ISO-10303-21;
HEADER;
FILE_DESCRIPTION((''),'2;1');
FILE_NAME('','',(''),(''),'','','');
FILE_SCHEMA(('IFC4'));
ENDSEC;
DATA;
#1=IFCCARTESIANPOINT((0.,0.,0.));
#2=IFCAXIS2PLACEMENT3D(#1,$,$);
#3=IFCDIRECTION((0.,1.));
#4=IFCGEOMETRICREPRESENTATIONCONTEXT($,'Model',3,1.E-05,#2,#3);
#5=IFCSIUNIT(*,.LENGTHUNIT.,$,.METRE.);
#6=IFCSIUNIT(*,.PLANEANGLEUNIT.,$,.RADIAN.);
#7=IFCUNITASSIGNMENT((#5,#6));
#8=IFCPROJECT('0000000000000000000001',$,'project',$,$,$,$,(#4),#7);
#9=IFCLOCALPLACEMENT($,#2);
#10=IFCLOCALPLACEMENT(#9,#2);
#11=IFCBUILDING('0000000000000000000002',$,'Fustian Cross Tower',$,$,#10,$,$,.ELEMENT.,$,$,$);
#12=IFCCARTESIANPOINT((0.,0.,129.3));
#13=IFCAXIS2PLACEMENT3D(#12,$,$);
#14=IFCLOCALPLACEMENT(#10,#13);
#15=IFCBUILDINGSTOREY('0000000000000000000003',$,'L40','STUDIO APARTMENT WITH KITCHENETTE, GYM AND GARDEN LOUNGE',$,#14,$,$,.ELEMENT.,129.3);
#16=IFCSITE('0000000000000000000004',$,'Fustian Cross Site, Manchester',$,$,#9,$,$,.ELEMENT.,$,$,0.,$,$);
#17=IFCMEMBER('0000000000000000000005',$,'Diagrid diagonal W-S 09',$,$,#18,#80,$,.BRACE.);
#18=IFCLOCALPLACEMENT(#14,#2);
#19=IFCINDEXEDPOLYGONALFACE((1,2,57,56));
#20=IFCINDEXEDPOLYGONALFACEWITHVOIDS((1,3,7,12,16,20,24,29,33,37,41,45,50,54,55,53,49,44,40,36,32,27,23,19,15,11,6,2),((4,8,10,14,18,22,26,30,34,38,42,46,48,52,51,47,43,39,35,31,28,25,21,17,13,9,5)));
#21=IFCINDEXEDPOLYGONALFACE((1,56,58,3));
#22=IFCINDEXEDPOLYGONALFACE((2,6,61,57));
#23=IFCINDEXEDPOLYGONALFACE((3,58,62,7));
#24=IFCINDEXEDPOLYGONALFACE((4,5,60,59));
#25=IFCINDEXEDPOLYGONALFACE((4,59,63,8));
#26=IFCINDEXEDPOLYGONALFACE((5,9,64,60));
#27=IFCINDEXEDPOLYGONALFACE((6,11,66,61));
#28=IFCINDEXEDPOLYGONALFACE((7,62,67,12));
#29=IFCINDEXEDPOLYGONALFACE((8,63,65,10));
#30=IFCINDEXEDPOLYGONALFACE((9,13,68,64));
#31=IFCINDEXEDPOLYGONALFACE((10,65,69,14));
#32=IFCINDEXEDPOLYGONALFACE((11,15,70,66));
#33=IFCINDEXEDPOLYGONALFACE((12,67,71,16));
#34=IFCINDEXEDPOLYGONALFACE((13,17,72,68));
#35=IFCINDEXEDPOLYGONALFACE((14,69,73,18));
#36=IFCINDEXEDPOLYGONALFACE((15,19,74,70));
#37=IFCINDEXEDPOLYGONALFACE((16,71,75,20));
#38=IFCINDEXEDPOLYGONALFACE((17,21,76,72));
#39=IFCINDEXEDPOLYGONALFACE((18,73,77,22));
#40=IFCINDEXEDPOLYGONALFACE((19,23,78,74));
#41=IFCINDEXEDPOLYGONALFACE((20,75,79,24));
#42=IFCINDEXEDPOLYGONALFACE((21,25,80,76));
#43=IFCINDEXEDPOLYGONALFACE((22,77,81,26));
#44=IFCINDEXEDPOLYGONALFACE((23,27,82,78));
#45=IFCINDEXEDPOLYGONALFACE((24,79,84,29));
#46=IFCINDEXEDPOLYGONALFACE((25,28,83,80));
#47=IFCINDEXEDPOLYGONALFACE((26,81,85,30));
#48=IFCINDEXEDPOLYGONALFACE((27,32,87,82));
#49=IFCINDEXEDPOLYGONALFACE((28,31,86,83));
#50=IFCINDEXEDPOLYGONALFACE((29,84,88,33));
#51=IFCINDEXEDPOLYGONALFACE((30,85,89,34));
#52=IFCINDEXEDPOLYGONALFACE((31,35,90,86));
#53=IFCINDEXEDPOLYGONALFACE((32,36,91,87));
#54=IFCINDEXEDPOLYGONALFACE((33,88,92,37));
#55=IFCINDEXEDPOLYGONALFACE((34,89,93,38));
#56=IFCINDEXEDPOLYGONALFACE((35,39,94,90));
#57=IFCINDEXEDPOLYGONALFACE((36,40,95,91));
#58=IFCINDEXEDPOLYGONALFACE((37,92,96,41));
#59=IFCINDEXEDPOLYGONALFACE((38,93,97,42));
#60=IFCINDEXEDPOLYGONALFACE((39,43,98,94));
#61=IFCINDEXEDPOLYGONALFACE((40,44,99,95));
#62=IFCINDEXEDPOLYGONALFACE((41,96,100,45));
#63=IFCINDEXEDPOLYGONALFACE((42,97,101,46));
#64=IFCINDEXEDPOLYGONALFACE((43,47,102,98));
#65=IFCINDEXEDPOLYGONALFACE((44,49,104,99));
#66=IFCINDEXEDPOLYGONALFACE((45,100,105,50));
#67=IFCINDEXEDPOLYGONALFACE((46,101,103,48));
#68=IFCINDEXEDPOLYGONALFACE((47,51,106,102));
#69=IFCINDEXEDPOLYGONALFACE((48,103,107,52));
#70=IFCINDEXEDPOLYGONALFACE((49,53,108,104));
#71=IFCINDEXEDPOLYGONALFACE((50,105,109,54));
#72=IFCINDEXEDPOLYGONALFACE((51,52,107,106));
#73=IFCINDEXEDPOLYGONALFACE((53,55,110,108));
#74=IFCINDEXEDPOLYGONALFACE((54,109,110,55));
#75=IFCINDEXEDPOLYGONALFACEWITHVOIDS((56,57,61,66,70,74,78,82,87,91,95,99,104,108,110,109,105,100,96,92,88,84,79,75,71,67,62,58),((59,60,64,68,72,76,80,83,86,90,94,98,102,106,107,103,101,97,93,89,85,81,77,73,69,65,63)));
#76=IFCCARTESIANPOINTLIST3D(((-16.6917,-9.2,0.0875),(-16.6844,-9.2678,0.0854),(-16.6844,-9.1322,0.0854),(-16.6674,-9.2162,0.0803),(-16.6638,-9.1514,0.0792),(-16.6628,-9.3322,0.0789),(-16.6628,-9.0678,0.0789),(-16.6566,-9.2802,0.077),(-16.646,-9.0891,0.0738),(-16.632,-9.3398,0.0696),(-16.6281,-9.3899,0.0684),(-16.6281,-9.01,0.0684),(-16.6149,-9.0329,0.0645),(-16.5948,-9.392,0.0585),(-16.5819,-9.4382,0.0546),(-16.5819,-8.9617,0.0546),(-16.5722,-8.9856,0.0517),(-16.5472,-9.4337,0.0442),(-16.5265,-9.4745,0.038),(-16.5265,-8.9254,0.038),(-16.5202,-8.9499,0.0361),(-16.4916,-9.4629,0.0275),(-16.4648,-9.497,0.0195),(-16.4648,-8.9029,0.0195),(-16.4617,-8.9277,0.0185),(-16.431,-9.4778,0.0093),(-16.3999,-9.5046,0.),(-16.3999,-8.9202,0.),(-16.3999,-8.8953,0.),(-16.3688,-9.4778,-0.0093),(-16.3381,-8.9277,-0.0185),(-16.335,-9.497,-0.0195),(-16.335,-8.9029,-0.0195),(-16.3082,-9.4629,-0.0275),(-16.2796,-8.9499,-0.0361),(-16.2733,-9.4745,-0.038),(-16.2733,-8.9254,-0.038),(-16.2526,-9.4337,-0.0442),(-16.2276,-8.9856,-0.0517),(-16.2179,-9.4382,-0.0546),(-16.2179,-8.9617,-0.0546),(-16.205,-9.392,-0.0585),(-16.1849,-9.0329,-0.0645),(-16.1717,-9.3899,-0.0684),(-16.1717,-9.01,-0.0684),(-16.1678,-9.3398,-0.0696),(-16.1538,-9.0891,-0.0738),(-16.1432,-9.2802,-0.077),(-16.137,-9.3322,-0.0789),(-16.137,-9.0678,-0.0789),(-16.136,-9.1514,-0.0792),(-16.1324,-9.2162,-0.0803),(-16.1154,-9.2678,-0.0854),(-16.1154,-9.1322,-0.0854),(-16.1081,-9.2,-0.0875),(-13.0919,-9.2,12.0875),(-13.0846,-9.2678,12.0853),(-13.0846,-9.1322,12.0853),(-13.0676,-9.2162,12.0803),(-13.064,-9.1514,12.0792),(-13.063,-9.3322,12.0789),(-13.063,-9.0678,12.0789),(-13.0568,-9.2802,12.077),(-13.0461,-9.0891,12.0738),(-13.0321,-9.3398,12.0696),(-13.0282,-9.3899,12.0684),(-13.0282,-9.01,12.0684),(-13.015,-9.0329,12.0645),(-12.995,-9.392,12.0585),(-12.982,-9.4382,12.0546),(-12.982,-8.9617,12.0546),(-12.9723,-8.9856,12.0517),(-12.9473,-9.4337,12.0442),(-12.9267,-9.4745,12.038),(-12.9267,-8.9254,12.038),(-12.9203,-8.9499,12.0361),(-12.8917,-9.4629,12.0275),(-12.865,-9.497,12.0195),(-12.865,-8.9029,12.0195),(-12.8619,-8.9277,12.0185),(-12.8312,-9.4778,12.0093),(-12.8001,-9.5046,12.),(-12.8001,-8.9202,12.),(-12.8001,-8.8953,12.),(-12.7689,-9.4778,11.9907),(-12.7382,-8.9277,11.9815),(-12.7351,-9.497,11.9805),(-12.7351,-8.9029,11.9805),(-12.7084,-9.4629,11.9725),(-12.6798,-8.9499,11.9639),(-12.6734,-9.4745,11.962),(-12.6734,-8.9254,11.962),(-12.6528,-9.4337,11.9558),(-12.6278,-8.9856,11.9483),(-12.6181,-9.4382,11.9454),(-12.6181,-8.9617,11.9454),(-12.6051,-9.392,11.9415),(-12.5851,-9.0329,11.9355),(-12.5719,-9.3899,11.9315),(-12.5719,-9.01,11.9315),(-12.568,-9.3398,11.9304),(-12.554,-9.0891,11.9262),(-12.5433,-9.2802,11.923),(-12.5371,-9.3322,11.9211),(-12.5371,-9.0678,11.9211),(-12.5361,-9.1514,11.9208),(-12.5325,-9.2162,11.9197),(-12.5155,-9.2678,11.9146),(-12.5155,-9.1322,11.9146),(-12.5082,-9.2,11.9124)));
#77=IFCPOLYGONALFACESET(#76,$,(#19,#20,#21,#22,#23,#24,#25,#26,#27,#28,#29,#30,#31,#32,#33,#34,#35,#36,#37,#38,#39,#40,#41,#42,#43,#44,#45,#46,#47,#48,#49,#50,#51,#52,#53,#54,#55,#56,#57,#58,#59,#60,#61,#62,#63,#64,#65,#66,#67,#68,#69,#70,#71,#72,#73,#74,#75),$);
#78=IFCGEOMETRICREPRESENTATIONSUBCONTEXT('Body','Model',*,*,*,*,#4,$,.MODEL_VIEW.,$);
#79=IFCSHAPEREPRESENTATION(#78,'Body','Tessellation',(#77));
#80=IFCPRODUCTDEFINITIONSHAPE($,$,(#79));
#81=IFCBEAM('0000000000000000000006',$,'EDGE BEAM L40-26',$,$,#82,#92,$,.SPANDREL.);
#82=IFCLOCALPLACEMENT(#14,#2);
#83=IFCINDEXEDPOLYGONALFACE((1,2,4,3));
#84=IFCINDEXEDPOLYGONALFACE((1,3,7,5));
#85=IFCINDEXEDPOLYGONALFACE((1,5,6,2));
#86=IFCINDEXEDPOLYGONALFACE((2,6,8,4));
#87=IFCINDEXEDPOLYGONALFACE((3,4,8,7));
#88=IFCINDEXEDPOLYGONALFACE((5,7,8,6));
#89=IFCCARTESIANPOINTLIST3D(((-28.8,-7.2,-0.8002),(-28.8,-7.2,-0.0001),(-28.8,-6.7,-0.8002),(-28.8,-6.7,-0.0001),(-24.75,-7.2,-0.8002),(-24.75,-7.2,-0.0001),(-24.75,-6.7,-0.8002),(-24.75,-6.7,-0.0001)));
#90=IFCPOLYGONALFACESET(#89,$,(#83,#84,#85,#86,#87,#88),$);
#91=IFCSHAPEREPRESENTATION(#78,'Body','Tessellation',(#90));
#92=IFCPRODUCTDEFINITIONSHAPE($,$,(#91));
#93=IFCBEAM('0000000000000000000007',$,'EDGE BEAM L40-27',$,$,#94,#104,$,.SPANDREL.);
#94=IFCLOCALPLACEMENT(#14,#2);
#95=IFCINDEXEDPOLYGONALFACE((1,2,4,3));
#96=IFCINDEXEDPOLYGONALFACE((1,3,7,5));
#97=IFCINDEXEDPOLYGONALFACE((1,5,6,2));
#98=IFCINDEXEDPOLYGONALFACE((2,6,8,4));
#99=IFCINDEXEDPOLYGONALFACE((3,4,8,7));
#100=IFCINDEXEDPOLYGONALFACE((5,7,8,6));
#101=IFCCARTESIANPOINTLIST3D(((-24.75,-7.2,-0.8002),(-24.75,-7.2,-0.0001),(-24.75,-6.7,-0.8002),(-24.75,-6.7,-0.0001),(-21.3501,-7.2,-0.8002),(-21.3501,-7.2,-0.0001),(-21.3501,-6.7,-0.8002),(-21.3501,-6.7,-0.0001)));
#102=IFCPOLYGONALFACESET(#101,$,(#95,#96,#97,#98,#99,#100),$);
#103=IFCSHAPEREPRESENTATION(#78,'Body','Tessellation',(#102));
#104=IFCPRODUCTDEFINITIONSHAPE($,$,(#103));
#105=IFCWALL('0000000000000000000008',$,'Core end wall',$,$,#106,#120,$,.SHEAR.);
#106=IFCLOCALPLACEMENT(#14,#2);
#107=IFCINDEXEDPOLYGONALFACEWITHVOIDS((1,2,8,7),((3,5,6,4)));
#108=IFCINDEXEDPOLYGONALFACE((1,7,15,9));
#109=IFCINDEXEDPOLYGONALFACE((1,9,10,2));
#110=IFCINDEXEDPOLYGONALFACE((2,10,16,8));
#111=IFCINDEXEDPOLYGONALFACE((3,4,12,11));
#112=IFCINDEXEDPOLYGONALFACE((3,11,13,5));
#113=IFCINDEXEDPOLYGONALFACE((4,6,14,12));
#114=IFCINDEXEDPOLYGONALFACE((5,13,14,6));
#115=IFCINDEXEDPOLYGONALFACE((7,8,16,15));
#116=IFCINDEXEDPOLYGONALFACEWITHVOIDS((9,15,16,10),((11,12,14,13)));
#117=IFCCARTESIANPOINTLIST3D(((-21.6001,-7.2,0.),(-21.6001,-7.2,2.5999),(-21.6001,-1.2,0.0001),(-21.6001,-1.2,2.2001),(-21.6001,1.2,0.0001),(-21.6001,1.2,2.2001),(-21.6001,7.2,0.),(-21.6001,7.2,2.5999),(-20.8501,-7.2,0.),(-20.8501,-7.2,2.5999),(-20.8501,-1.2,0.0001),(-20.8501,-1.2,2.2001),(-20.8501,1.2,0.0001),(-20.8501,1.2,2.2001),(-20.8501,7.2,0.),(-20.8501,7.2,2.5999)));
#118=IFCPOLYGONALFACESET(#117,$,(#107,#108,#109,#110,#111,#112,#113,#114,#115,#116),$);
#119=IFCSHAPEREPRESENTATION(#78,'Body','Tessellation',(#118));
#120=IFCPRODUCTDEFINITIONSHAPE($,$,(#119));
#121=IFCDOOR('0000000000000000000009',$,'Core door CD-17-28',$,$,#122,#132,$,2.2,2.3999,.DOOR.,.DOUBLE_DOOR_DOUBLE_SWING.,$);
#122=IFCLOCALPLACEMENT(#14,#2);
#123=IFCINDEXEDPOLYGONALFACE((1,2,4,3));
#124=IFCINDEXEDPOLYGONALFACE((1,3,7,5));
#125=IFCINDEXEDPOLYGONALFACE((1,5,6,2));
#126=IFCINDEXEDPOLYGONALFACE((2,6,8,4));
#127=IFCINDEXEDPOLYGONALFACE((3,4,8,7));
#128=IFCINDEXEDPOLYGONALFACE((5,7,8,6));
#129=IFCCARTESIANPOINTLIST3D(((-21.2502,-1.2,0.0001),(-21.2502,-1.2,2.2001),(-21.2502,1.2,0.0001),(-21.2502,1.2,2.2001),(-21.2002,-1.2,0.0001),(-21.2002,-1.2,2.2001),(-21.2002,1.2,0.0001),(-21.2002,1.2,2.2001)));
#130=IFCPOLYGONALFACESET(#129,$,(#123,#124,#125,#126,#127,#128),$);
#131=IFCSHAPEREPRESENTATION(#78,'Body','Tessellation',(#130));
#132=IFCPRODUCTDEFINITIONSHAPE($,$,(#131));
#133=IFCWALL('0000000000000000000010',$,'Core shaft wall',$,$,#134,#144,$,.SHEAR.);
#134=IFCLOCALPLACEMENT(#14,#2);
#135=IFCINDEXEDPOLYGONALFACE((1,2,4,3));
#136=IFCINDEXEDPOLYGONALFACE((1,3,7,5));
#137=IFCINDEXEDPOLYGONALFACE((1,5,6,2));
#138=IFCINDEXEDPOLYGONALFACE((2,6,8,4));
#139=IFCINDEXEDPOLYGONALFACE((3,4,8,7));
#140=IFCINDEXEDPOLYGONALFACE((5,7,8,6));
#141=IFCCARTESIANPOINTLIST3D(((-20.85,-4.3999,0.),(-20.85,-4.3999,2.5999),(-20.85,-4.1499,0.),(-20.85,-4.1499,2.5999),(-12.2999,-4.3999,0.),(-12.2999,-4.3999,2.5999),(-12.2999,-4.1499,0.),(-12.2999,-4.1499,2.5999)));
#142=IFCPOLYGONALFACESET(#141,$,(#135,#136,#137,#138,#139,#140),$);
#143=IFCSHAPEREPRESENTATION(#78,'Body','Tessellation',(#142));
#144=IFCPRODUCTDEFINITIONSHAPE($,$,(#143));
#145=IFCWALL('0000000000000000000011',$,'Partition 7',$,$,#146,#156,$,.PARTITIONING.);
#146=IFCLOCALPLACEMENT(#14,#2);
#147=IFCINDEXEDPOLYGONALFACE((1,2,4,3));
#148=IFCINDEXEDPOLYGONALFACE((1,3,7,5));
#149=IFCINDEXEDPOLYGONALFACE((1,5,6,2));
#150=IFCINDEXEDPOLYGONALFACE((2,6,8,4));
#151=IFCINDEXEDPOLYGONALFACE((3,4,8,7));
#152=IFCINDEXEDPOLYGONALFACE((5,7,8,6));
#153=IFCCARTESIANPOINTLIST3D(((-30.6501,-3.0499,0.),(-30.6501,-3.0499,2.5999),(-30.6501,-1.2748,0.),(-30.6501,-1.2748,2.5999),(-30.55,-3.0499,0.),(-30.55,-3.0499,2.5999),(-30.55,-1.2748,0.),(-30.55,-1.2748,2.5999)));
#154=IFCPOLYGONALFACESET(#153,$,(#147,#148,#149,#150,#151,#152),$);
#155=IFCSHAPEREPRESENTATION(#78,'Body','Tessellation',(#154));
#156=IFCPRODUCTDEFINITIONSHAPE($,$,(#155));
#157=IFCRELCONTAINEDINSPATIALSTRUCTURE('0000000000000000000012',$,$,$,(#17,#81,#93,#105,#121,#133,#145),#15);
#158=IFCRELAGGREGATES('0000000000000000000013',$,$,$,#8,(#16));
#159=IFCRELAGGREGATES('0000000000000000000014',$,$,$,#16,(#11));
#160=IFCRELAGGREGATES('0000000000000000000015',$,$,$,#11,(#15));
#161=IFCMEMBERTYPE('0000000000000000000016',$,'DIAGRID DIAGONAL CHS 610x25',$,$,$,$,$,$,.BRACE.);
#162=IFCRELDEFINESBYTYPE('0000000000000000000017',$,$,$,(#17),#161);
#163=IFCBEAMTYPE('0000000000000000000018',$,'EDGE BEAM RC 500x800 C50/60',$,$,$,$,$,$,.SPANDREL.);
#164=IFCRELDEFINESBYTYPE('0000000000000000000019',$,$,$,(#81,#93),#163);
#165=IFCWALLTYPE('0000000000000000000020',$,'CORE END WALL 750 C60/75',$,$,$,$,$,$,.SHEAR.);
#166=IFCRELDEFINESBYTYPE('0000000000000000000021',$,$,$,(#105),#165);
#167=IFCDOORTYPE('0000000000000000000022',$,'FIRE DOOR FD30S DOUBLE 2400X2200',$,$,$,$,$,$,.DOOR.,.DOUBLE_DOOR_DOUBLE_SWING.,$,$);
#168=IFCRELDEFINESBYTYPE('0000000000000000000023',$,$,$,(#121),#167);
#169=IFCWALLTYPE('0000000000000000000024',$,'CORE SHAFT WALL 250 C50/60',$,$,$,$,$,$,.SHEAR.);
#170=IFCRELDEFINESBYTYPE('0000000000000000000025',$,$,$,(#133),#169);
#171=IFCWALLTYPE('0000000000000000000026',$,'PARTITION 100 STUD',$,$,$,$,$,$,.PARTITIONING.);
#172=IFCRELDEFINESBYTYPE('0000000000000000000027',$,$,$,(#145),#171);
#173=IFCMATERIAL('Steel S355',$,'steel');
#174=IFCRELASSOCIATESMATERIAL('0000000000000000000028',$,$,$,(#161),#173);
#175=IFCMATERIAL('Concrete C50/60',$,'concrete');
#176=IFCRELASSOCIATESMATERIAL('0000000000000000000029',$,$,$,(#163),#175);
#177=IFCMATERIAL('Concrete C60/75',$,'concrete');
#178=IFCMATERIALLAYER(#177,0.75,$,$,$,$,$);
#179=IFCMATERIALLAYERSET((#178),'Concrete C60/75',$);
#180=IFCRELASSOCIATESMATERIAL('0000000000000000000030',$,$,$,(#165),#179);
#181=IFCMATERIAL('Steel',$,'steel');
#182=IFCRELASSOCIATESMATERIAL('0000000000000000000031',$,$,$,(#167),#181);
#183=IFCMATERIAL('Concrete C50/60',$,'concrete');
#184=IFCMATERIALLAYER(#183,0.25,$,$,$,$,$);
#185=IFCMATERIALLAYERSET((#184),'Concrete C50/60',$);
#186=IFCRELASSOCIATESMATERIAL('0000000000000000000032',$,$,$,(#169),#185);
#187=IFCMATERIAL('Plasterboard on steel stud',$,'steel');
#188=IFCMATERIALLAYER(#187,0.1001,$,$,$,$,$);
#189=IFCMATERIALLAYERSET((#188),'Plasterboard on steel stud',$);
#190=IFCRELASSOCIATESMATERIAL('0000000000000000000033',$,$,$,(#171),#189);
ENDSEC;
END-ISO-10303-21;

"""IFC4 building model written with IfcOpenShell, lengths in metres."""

from ifc_helpers import new_model, si_unit, direction, frame, frame_2d, origin, origin_2d, place, context, subcontext, project, spatial, rectangle, hollow_circle, extrude, material, layer, layer_set, material_profile, profile_set, type_object, element, fill, save


model = new_model("IFC4")

# Units and contexts
model_context = context("Model", 3, precision=1e-05, world=origin(), true_north=direction((0.0, 1.0)))
body_context = subcontext(model_context, "Body", "Model", "MODEL_VIEW")
ifc_project = project(units=[si_unit("LENGTHUNIT", "METRE"), si_unit("PLANEANGLEUNIT", "RADIAN")], contexts=[model_context])

# Site, building, storey
site_placement = place(None, origin())
site = spatial("IfcSite", under=ifc_project, at=site_placement, Name="Fustian Cross Site, Manchester", CompositionType="ELEMENT", RefElevation=0.0)
building_placement = place(site_placement, origin())
building = spatial("IfcBuilding", under=site, at=building_placement, Name="Fustian Cross Tower", CompositionType="ELEMENT")
storey_placement = place(building_placement, frame((0.0, 0.0, 129.3)))
storey = spatial("IfcBuildingStorey", under=building, at=storey_placement, Name="L40", Description="STUDIO APARTMENT WITH KITCHENETTE, GYM AND GARDEN LOUNGE", CompositionType="ELEMENT", Elevation=129.3)

# Member
ifc_material_1 = material(Name="Steel S355", Category="steel")
ifc_material_profile_1 = material_profile(ifc_material_1, hollow_circle(Radius=0.3047, WallThickness=0.0249, at=origin_2d()), Name="CHS 610x25")
ifc_profile_set_1 = profile_set([ifc_material_profile_1], Name="Steel S355")
member_type = type_object("IfcMemberType", Name="DIAGRID DIAGONAL CHS 610x25", PredefinedType="BRACE", material=ifc_profile_set_1)
for number, where, z_axis, x_axis, name in (
    (1, (-16.3999, -9.2, 0.0), (0.287337, 0.0, 0.95783), (0.0, 1.0, 0.0), "Diagrid diagonal W-S 09"),
):
    element("IfcMember", number, at=place(storey_placement, frame(where, z_axis=z_axis, x_axis=x_axis)), inside=storey, type_object=member_type, Name=name, PredefinedType="BRACE", context=body_context, shape_type="SweptSolid", body=[
        extrude(hollow_circle(Radius=0.3047, WallThickness=0.0249, at=origin_2d()), origin(), (0.0, 0.0, 1.0), 12.5283),
    ])

# Beams
ifc_material_2 = material(Name="Concrete C50/60", Category="concrete")
ifc_material_profile_2 = material_profile(ifc_material_2, rectangle(XDim=0.5, YDim=0.8, at=origin_2d()), Name="RC 500x800")
ifc_profile_set_2 = profile_set([ifc_material_profile_2], Name="Concrete C50/60")
beam_type = type_object("IfcBeamType", Name="EDGE BEAM RC 500x800 C50/60", PredefinedType="SPANDREL", material=ifc_profile_set_2)
beam_1_placement = place(storey_placement, frame((-28.8, -6.95, -0.4001), z_axis=(1.0, 0.0, 0.0), x_axis=(0.0, 1.0, 0.0)))
element("IfcBeam", 2, at=beam_1_placement, inside=storey, type_object=beam_type, Name="EDGE BEAM L40-26", PredefinedType="SPANDREL", context=body_context, shape_type="SweptSolid", body=[
    extrude(rectangle(XDim=0.5, YDim=0.8, at=origin_2d()), origin(), (0.0, 0.0, 1.0), 4.05),
])
beam_2_placement = place(storey_placement, frame((-24.75, -6.95, -0.4001), z_axis=(1.0, 0.0, 0.0), x_axis=(0.0, 1.0, 0.0)))
element("IfcBeam", 3, at=beam_2_placement, inside=storey, type_object=beam_type, Name="EDGE BEAM L40-27", PredefinedType="SPANDREL", context=body_context, shape_type="SweptSolid", body=[
    extrude(rectangle(XDim=0.5, YDim=0.8, at=origin_2d()), origin(), (0.0, 0.0, 1.0), 3.3999),
])

# Wall, opening, door
ifc_material_3 = material(Name="Concrete C60/75", Category="concrete")
ifc_layer_1 = layer(ifc_material_3, 0.75)
ifc_layer_set_1 = layer_set([ifc_layer_1], Name="Concrete C60/75")
wall_type_1 = type_object("IfcWallType", Name="CORE END WALL 750 C60/75", PredefinedType="SHEAR", material=ifc_layer_set_1)
wall_1_placement = place(storey_placement, frame((-21.2251, -7.2, 0.0), z_axis=(0.0, 0.0, 1.0), x_axis=(0.0, 1.0, 0.0)))
wall_1 = element("IfcWall", 4, at=wall_1_placement, inside=storey, type_object=wall_type_1, Name="Core end wall", PredefinedType="SHEAR", context=body_context, shape_type="SweptSolid", body=[
    extrude(rectangle(XDim=14.3999, YDim=0.75, at=frame_2d((7.2, 0.0))), origin(), (0.0, 0.0, 1.0), 2.5999),
])
opening_1_placement = place(wall_1_placement, frame((6.0, 0.0, 0.0)))
opening_1 = element("IfcOpeningElement", 5, at=opening_1_placement, cuts=wall_1, PredefinedType="OPENING", context=body_context, shape_type="SweptSolid", body=[
    extrude(rectangle(XDim=2.3999, YDim=2.2, at=frame_2d((1.2, 1.1001))), frame((0.0, 0.385, 0.0), z_axis=(0.0, -1.0, 0.0), x_axis=(1.0, 0.0, 0.0)), (0.0, 0.0, 1.0), 0.77),
])
ifc_material_4 = material(Name="Steel", Category="steel")
door_type_1 = type_object("IfcDoorType", Name="FIRE DOOR FD30S DOUBLE 2400X2200", OperationType="DOUBLE_DOOR_DOUBLE_SWING", PredefinedType="DOOR", material=ifc_material_4)
door_1_placement = place(opening_1_placement, frame((2.3999, 0.0, 0.0), z_axis=(0.0, 0.0, 1.0), x_axis=(-1.0, 0.0, 0.0)))
door_1 = element("IfcDoor", 6, at=door_1_placement, inside=storey, type_object=door_type_1, Name="Core door CD-17-28", OperationType="DOUBLE_DOOR_DOUBLE_SWING", OverallHeight=2.2, OverallWidth=2.3999, PredefinedType="DOOR", context=body_context, shape_type="SweptSolid", body=[
    extrude(rectangle(XDim=2.3999, YDim=2.2, at=frame_2d((1.2, 1.1001))), frame((0.0, 0.0249, 0.0), z_axis=(0.0, -1.0, 0.0), x_axis=(1.0, 0.0, 0.0)), (0.0, 0.0, 1.0), 0.05),
])
fill(opening_1, door_1)

# Walls
ifc_material_5 = material(Name="Concrete C50/60", Category="concrete")
ifc_layer_2 = layer(ifc_material_5, 0.25)
ifc_layer_set_2 = layer_set([ifc_layer_2], Name="Concrete C50/60")
wall_type_2 = type_object("IfcWallType", Name="CORE SHAFT WALL 250 C50/60", PredefinedType="SHEAR", material=ifc_layer_set_2)
wall_2_placement = place(storey_placement, frame((-12.3, -4.2749, 0.0), z_axis=(0.0, 0.0, 1.0), x_axis=(-1.0, 0.0, 0.0)))
element("IfcWall", 7, at=wall_2_placement, inside=storey, type_object=wall_type_2, Name="Core shaft wall", PredefinedType="SHEAR", context=body_context, shape_type="SweptSolid", body=[
    extrude(rectangle(XDim=8.55, YDim=0.25, at=frame_2d((4.2749, 0.0))), origin(), (0.0, 0.0, 1.0), 2.5999),
])
ifc_material_6 = material(Name="Plasterboard on steel stud", Category="steel")
ifc_layer_3 = layer(ifc_material_6, 0.1001)
ifc_layer_set_3 = layer_set([ifc_layer_3], Name="Plasterboard on steel stud")
wall_type_3 = type_object("IfcWallType", Name="PARTITION 100 STUD", PredefinedType="PARTITIONING", material=ifc_layer_set_3)
wall_3_placement = place(storey_placement, frame((-30.6001, -3.05, 0.0), z_axis=(0.0, 0.0, 1.0), x_axis=(0.0, 1.0, 0.0)))
element("IfcWall", 8, at=wall_3_placement, inside=storey, type_object=wall_type_3, Name="Partition 7", PredefinedType="PARTITIONING", context=body_context, shape_type="SweptSolid", body=[
    extrude(rectangle(XDim=1.7751, YDim=0.1001, at=frame_2d((0.8877, 0.0))), origin(), (0.0, 0.0, 1.0), 2.5999),
])

save(model, "model.ifc")
